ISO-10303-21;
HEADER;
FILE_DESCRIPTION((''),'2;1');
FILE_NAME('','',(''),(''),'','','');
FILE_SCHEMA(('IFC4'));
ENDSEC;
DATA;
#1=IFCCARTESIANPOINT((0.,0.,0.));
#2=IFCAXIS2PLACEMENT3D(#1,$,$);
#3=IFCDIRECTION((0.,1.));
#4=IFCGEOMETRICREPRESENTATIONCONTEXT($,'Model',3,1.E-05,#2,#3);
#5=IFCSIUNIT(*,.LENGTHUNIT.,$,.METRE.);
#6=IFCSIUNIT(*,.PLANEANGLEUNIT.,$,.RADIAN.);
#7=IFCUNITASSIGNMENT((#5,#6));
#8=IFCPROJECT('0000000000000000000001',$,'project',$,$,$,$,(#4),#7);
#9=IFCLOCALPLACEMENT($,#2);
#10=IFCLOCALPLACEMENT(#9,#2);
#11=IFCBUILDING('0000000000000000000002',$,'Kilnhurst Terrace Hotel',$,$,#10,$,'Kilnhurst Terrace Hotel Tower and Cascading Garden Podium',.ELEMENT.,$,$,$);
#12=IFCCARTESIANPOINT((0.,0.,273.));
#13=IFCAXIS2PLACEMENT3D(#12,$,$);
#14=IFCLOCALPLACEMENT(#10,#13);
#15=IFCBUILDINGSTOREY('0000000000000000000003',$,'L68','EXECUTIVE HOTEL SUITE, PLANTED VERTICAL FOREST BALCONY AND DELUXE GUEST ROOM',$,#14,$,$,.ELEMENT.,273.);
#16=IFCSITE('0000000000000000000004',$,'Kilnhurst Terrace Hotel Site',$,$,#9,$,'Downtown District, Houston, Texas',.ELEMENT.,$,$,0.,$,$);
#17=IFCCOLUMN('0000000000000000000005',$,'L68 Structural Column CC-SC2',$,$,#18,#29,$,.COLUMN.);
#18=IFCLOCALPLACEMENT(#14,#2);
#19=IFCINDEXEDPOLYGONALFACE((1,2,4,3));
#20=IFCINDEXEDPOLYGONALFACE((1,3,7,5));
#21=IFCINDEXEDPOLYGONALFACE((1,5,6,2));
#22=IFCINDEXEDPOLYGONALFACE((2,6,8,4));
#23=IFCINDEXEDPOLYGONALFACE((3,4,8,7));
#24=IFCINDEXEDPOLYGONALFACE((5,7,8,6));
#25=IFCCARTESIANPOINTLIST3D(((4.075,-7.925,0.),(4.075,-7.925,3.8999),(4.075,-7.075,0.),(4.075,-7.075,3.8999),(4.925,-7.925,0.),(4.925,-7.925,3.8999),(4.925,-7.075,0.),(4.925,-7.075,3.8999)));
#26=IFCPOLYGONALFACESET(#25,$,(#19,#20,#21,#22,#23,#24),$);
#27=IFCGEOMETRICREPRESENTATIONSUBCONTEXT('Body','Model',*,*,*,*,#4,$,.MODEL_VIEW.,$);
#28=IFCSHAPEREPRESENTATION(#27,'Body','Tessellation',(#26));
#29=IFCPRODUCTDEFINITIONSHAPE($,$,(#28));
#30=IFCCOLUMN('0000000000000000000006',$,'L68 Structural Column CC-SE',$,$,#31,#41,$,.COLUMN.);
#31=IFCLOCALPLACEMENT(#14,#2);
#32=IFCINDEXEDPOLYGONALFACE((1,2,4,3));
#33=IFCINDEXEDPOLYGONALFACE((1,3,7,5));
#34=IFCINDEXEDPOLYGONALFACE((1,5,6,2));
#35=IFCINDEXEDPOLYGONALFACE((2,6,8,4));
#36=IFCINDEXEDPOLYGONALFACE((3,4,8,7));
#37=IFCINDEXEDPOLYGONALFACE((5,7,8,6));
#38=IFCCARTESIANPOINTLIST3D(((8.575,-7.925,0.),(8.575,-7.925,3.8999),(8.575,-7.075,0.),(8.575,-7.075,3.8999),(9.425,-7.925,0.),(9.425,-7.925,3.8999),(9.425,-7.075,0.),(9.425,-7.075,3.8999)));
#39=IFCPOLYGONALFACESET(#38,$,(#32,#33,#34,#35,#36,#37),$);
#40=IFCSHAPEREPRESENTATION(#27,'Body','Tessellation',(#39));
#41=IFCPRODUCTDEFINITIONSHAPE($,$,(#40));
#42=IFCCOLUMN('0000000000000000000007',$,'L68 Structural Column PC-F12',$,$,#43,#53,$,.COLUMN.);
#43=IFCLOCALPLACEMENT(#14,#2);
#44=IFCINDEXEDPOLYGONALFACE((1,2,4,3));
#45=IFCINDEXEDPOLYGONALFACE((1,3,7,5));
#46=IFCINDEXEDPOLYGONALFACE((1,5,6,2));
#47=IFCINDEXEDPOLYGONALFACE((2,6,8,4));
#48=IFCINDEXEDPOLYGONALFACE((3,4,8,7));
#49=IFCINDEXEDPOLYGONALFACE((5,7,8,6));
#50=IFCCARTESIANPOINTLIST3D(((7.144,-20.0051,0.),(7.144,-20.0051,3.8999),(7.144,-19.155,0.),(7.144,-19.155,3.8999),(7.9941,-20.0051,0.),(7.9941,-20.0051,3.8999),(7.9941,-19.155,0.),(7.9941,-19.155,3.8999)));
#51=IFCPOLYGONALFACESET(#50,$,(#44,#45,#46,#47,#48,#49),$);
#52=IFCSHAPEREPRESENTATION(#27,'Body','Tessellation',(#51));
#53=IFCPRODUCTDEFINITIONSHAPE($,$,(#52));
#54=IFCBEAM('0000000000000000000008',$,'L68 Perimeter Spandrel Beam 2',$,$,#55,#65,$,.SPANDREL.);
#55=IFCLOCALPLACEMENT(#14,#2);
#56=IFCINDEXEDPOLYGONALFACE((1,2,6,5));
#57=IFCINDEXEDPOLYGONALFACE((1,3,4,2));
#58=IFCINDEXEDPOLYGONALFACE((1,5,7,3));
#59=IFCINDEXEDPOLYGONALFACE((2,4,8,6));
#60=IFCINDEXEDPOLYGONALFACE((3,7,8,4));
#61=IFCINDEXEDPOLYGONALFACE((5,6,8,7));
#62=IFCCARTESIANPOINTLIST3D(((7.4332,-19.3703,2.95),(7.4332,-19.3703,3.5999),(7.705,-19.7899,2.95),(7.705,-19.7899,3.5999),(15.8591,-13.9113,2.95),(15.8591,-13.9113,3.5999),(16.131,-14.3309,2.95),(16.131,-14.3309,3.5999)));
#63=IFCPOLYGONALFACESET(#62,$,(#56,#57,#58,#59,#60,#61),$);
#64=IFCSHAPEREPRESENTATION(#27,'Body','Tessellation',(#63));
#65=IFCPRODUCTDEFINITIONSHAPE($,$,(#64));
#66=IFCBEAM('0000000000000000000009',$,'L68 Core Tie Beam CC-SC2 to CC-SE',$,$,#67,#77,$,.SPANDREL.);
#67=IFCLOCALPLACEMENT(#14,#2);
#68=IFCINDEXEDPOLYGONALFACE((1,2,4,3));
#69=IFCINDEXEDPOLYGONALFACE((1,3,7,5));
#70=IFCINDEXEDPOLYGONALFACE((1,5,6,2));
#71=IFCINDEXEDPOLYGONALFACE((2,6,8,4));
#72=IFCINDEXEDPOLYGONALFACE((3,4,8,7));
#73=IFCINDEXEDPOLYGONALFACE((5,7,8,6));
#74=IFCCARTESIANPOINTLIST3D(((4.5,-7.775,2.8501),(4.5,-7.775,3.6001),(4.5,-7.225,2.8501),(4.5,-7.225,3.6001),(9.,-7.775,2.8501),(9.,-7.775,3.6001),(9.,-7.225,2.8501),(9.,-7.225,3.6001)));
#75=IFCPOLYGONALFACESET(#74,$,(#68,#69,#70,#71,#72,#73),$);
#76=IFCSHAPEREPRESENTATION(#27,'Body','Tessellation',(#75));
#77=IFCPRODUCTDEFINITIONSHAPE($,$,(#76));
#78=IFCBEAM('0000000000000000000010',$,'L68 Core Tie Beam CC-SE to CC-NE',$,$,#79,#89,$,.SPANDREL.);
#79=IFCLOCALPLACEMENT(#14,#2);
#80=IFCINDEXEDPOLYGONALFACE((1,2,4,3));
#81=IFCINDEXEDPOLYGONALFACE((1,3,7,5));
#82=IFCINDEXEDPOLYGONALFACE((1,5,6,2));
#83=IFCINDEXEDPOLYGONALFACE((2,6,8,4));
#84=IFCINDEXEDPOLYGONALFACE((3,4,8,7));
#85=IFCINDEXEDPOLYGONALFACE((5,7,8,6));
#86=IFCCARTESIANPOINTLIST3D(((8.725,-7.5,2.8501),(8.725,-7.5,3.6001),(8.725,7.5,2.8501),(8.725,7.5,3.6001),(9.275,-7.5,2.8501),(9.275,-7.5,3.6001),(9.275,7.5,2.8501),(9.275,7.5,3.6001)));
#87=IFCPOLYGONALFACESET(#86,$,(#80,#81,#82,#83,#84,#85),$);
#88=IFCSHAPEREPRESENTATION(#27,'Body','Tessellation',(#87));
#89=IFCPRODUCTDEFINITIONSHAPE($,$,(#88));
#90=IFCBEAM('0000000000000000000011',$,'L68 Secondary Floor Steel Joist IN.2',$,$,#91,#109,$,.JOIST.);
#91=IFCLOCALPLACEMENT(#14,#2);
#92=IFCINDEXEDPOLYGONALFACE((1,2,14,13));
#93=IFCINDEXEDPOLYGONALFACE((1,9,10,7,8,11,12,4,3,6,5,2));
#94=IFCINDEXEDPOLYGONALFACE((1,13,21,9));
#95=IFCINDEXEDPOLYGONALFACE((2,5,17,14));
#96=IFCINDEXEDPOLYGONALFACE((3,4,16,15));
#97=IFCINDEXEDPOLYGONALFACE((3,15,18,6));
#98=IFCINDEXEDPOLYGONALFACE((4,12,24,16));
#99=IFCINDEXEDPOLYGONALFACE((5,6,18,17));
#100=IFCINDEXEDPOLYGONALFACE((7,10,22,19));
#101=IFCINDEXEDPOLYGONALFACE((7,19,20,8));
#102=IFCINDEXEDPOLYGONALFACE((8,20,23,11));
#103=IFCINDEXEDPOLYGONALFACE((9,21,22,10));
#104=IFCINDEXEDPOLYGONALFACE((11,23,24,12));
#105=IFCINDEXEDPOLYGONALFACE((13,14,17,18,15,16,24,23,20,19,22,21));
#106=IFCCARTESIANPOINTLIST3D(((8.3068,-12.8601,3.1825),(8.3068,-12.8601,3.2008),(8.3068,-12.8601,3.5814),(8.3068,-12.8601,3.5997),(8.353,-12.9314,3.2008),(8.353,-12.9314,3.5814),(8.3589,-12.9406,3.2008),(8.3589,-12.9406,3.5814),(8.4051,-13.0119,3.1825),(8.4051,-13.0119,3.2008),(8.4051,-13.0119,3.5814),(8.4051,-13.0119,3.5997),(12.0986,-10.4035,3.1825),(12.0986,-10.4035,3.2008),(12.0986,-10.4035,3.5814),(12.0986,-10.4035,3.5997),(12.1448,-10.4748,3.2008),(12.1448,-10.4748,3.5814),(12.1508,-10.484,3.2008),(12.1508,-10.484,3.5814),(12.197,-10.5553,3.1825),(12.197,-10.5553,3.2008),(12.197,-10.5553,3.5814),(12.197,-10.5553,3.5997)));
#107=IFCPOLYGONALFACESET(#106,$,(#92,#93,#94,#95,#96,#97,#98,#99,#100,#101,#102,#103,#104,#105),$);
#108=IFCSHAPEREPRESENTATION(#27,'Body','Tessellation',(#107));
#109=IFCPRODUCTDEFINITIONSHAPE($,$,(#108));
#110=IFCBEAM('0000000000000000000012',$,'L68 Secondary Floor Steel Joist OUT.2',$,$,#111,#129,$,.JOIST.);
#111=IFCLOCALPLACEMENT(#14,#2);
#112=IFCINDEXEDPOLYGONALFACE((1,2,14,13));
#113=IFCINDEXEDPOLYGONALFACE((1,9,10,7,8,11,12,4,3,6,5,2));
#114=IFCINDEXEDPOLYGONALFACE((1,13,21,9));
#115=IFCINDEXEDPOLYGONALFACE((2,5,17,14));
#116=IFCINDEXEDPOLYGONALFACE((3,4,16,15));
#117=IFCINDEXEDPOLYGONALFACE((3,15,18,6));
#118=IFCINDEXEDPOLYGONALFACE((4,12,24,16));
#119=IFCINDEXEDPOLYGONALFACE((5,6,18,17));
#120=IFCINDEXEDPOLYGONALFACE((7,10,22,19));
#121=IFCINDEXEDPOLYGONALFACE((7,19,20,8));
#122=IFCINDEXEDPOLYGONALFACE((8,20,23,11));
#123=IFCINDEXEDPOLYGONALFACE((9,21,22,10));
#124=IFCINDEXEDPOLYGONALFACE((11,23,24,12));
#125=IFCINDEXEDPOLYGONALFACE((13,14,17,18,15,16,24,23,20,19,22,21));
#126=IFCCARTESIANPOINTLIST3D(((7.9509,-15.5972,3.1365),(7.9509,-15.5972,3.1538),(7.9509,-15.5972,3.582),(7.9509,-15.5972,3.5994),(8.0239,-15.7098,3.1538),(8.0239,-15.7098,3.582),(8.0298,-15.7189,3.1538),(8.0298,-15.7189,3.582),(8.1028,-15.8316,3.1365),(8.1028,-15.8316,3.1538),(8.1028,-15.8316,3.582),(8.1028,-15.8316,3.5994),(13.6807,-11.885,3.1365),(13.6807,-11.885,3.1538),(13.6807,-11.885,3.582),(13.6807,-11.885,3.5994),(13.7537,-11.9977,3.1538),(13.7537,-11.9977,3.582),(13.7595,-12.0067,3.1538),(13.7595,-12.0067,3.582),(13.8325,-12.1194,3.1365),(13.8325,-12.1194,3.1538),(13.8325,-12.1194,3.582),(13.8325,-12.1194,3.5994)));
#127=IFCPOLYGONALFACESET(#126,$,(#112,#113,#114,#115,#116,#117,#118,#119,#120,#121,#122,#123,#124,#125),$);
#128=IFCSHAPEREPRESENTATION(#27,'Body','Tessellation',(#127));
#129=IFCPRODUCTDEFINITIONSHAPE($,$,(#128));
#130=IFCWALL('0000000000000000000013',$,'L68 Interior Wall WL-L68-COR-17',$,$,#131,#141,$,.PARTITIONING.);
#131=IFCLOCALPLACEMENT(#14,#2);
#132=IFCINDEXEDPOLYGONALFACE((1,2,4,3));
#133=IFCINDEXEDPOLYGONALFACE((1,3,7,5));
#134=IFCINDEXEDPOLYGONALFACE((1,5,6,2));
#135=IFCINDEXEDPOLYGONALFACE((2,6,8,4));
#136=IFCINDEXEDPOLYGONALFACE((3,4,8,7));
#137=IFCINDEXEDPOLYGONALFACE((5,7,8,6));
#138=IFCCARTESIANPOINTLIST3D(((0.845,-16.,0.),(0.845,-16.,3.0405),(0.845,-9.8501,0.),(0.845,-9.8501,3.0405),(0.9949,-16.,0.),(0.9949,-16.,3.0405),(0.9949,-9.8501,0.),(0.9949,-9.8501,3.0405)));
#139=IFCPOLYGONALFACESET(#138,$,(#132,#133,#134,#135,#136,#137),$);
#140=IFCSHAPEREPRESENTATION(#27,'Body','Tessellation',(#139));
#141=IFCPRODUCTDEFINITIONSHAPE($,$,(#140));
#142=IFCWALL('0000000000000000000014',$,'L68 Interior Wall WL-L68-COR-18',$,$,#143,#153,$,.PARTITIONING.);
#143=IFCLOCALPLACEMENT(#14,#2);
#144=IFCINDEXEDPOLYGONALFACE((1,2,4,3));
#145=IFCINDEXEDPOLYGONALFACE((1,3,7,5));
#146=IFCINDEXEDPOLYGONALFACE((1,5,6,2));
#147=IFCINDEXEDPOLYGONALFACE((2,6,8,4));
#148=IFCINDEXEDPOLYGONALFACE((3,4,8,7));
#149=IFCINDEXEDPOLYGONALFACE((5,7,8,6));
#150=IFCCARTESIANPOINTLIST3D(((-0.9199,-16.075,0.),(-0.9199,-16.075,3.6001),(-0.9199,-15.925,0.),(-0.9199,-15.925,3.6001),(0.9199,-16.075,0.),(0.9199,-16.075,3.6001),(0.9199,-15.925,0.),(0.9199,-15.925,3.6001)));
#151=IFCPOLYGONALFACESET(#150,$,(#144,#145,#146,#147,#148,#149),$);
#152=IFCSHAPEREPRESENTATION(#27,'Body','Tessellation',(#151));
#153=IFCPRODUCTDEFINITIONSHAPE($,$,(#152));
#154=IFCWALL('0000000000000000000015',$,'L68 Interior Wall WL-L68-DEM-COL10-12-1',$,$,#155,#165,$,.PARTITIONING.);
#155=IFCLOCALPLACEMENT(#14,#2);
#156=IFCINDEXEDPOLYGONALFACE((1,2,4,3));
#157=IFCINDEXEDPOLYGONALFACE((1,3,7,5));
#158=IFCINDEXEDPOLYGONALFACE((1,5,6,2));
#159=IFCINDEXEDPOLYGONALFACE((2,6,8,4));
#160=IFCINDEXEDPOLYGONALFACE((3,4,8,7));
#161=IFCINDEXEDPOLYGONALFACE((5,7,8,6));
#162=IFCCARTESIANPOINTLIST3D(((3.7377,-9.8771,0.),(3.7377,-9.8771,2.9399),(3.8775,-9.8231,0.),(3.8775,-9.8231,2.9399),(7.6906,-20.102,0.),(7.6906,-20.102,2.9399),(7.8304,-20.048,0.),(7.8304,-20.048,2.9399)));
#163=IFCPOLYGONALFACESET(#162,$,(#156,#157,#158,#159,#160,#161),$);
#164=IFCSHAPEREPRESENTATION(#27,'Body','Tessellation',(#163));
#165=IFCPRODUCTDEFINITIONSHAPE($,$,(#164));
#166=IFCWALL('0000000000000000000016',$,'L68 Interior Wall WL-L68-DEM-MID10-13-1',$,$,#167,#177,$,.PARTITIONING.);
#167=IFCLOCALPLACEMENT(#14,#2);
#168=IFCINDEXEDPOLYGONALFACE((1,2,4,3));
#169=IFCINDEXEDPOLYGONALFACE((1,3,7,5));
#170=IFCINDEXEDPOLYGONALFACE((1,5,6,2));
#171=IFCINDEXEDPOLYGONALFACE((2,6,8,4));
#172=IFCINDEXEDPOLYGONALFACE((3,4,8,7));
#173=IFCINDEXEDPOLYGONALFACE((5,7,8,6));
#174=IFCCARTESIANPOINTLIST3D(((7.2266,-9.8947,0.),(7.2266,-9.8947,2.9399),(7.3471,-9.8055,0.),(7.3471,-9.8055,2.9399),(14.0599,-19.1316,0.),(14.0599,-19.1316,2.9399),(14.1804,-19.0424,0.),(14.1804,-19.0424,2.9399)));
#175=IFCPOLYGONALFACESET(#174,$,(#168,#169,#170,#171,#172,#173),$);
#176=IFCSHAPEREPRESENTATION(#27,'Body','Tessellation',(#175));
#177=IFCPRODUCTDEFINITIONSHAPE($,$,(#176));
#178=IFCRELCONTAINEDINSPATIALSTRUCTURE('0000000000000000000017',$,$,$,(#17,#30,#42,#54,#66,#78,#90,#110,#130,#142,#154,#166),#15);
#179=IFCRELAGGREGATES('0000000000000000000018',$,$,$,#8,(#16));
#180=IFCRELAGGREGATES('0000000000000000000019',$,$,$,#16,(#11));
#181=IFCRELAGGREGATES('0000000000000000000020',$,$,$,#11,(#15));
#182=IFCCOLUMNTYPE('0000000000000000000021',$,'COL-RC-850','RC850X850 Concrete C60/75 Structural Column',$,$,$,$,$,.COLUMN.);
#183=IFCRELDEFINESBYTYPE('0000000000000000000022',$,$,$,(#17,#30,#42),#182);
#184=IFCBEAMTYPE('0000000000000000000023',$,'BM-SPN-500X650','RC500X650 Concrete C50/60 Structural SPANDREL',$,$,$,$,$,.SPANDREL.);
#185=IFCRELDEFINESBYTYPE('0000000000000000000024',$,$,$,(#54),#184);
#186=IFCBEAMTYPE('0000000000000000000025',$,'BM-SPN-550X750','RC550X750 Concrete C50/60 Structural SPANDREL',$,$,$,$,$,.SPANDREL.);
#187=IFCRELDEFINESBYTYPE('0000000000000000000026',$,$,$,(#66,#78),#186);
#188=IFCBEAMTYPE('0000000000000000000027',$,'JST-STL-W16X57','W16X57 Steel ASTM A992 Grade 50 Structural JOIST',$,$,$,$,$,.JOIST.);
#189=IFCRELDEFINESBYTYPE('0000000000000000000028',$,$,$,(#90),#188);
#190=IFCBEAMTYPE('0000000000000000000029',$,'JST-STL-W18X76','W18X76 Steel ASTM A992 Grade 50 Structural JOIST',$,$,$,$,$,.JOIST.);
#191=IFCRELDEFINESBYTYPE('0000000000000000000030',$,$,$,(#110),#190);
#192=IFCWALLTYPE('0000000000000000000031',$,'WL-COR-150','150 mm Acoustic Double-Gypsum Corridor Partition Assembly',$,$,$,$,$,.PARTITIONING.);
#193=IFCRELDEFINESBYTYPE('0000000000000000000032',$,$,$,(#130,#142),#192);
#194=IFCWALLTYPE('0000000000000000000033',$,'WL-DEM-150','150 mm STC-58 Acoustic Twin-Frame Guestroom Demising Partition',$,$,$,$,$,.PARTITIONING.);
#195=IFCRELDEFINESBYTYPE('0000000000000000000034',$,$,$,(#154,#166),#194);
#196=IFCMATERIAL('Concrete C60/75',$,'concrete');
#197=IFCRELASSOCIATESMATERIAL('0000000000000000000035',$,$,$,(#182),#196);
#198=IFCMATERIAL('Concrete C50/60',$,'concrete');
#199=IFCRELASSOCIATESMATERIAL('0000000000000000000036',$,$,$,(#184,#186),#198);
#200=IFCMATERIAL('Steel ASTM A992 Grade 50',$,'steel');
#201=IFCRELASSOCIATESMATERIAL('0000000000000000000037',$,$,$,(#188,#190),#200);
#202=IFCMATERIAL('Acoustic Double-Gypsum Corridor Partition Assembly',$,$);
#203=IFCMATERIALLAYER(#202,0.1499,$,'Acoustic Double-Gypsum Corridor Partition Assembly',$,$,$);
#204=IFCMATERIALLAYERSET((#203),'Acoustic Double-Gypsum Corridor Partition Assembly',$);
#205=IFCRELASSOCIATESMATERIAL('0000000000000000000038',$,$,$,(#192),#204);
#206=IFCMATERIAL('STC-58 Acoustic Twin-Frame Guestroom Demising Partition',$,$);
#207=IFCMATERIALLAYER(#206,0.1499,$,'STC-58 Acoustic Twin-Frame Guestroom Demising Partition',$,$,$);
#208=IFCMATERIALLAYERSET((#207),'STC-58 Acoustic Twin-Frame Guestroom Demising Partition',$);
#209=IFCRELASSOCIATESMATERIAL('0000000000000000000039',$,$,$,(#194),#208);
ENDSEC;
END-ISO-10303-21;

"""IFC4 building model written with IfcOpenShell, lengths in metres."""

from ifc_helpers import new_model, si_unit, direction, frame, frame_2d, origin, origin_2d, place, context, subcontext, project, spatial, rectangle, i_section, extrude, material, layer, layer_set, material_profile, profile_set, type_object, element, save


model = new_model("IFC4")

# Units and contexts
model_context = context("Model", 3, precision=1e-05, world=origin(), true_north=direction((0.0, 1.0)))
body_context = subcontext(model_context, "Body", "Model", "MODEL_VIEW")
ifc_project = project(units=[si_unit("LENGTHUNIT", "METRE"), si_unit("PLANEANGLEUNIT", "RADIAN")], contexts=[model_context])

# Site, building, storey
site_placement = place(None, origin())
site = spatial("IfcSite", under=ifc_project, at=site_placement, Name="Kilnhurst Terrace Hotel Site", LongName="Downtown District, Houston, Texas", CompositionType="ELEMENT", RefElevation=0.0)
building_placement = place(site_placement, origin())
building = spatial("IfcBuilding", under=site, at=building_placement, Name="Kilnhurst Terrace Hotel", LongName="Kilnhurst Terrace Hotel Tower and Cascading Garden Podium", CompositionType="ELEMENT")
storey_placement = place(building_placement, frame((0.0, 0.0, 273.0)))
storey = spatial("IfcBuildingStorey", under=building, at=storey_placement, Name="L68", Description="EXECUTIVE HOTEL SUITE, PLANTED VERTICAL FOREST BALCONY AND DELUXE GUEST ROOM", CompositionType="ELEMENT", Elevation=273.0)

# Columns
ifc_material_1 = material(Name="Concrete C60/75", Category="concrete")
ifc_material_profile_1 = material_profile(ifc_material_1, rectangle(XDim=0.8501, YDim=0.8501, at=origin_2d()), Name="RC850X850")
ifc_profile_set_1 = profile_set([ifc_material_profile_1], Name="Concrete C60/75")
column_type = type_object("IfcColumnType", Name="COL-RC-850", Description="RC850X850 Concrete C60/75 Structural Column", PredefinedType="COLUMN", material=ifc_profile_set_1)
for number, where, z_axis, x_axis, name in (
    (1, (4.5, -7.5, 0.0), (0.0, 0.0, 1.0), (1.0, 0.0, 0.0), "L68 Structural Column CC-SC2"),
    (2, (9.0, -7.5, 0.0), (0.0, 0.0, 1.0), (1.0, 0.0, 0.0), "L68 Structural Column CC-SE"),
    (3, (7.5691, -19.5801, 0.0), (0.0, 0.0, 1.0), (1.0, 0.0, 0.0), "L68 Structural Column PC-F12"),
):
    element("IfcColumn", number, at=place(storey_placement, frame(where, z_axis=z_axis, x_axis=x_axis)), inside=storey, type_object=column_type, Name=name, PredefinedType="COLUMN", context=body_context, shape_type="SweptSolid", body=[
        extrude(rectangle(XDim=0.8501, YDim=0.8501, at=origin_2d()), origin(), (0.0, 0.0, 1.0), 3.8999),
    ])

# Beams
ifc_material_2 = material(Name="Concrete C50/60", Category="concrete")
ifc_material_profile_2 = material_profile(ifc_material_2, rectangle(XDim=0.5, YDim=0.6499, at=origin_2d()), Name="RC500X650")
ifc_profile_set_2 = profile_set([ifc_material_profile_2], Name="Concrete C50/60")
beam_type_1 = type_object("IfcBeamType", Name="BM-SPN-500X650", Description="RC500X650 Concrete C50/60 Structural SPANDREL", PredefinedType="SPANDREL", material=ifc_profile_set_2)
beam_1_placement = place(storey_placement, frame((7.5691, -19.5801, 3.2749), z_axis=(0.839259, 0.543732, 0.0), x_axis=(-0.543732, 0.839259, 0.0)))
element("IfcBeam", 4, at=beam_1_placement, inside=storey, type_object=beam_type_1, Name="L68 Perimeter Spandrel Beam 2", PredefinedType="SPANDREL", context=body_context, shape_type="SweptSolid", body=[
    extrude(rectangle(XDim=0.5, YDim=0.6499, at=origin_2d()), origin(), (0.0, 0.0, 1.0), 10.0398),
])
ifc_material_profile_3 = material_profile(ifc_material_2, rectangle(XDim=0.55, YDim=0.75, at=origin_2d()), Name="RC550X750")
ifc_profile_set_3 = profile_set([ifc_material_profile_3], Name="Concrete C50/60")
beam_type_2 = type_object("IfcBeamType", Name="BM-SPN-550X750", Description="RC550X750 Concrete C50/60 Structural SPANDREL", PredefinedType="SPANDREL", material=ifc_profile_set_3)
beam_2_placement = place(storey_placement, frame((4.5, -7.5, 3.2251), z_axis=(1.0, 0.0, 0.0), x_axis=(0.0, 1.0, 0.0)))
element("IfcBeam", 5, at=beam_2_placement, inside=storey, type_object=beam_type_2, Name="L68 Core Tie Beam CC-SC2 to CC-SE", PredefinedType="SPANDREL", context=body_context, shape_type="SweptSolid", body=[
    extrude(rectangle(XDim=0.55, YDim=0.75, at=origin_2d()), origin(), (0.0, 0.0, 1.0), 4.5),
])
beam_3_placement = place(storey_placement, frame((9.0, -7.5, 3.2251), z_axis=(0.0, 1.0, 0.0), x_axis=(-1.0, 0.0, 0.0)))
element("IfcBeam", 6, at=beam_3_placement, inside=storey, type_object=beam_type_2, Name="L68 Core Tie Beam CC-SE to CC-NE", PredefinedType="SPANDREL", context=body_context, shape_type="SweptSolid", body=[
    extrude(rectangle(XDim=0.55, YDim=0.75, at=origin_2d()), origin(), (0.0, 0.0, 1.0), 15.0),
])
ifc_material_3 = material(Name="Steel ASTM A992 Grade 50", Category="steel")
ifc_material_profile_4 = material_profile(ifc_material_3, i_section(OverallWidth=0.1809, OverallDepth=0.4172, WebThickness=0.011, FlangeThickness=0.0183, at=origin_2d()), Name="W16X57")
ifc_profile_set_4 = profile_set([ifc_material_profile_4], Name="Steel ASTM A992 Grade 50")
beam_type_3 = type_object("IfcBeamType", Name="JST-STL-W16X57", Description="W16X57 Steel ASTM A992 Grade 50 Structural JOIST", PredefinedType="JOIST", material=ifc_profile_set_4)
beam_4_placement = place(storey_placement, frame((8.356, -12.936, 3.3911), z_axis=(0.839261, 0.543728, 0.0), x_axis=(-0.543728, 0.839261, 0.0)))
element("IfcBeam", 7, at=beam_4_placement, inside=storey, type_object=beam_type_3, Name="L68 Secondary Floor Steel Joist IN.2", PredefinedType="JOIST", context=body_context, shape_type="SweptSolid", body=[
    extrude(i_section(OverallWidth=0.1809, OverallDepth=0.4172, WebThickness=0.011, FlangeThickness=0.0183, at=origin_2d()), origin(), (0.0, 0.0, 1.0), 4.5181),
])
ifc_material_profile_5 = material_profile(ifc_material_3, i_section(OverallWidth=0.2793, OverallDepth=0.4629, WebThickness=0.0107, FlangeThickness=0.0173, at=origin_2d()), Name="W18X76")
ifc_profile_set_5 = profile_set([ifc_material_profile_5], Name="Steel ASTM A992 Grade 50")
beam_type_4 = type_object("IfcBeamType", Name="JST-STL-W18X76", Description="W18X76 Steel ASTM A992 Grade 50 Structural JOIST", PredefinedType="JOIST", material=ifc_profile_set_5)
beam_5_placement = place(storey_placement, frame((8.0269, -15.7144, 3.3679), z_axis=(0.839257, 0.543735, 0.0), x_axis=(-0.543735, 0.839257, 0.0)))
element("IfcBeam", 8, at=beam_5_placement, inside=storey, type_object=beam_type_4, Name="L68 Secondary Floor Steel Joist OUT.2", PredefinedType="JOIST", context=body_context, shape_type="SweptSolid", body=[
    extrude(i_section(OverallWidth=0.2793, OverallDepth=0.4629, WebThickness=0.0107, FlangeThickness=0.0173, at=origin_2d()), origin(), (0.0, 0.0, 1.0), 6.8271),
])

# Walls
ifc_material_4 = material(Name="Acoustic Double-Gypsum Corridor Partition Assembly")
ifc_layer_1 = layer(ifc_material_4, 0.1499, Name="Acoustic Double-Gypsum Corridor Partition Assembly")
ifc_layer_set_1 = layer_set([ifc_layer_1], Name="Acoustic Double-Gypsum Corridor Partition Assembly")
wall_type_1 = type_object("IfcWallType", Name="WL-COR-150", Description="150 mm Acoustic Double-Gypsum Corridor Partition Assembly", PredefinedType="PARTITIONING", material=ifc_layer_set_1)
wall_1_placement = place(storey_placement, frame((0.9199, -9.8501, 0.0), z_axis=(0.0, 0.0, 1.0), x_axis=(0.0, -1.0, 0.0)))
element("IfcWall", 9, at=wall_1_placement, inside=storey, type_object=wall_type_1, Name="L68 Interior Wall WL-L68-COR-17", PredefinedType="PARTITIONING", context=body_context, shape_type="SweptSolid", body=[
    extrude(rectangle(XDim=6.1499, YDim=0.1499, at=frame_2d((3.075, 0.0))), origin(), (0.0, 0.0, 1.0), 3.0405),
])
wall_2_placement = place(storey_placement, frame((0.9199, -16.0, 0.0), z_axis=(0.0, 0.0, 1.0), x_axis=(-1.0, 0.0, 0.0)))
element("IfcWall", 10, at=wall_2_placement, inside=storey, type_object=wall_type_1, Name="L68 Interior Wall WL-L68-COR-18", PredefinedType="PARTITIONING", context=body_context, shape_type="SweptSolid", body=[
    extrude(rectangle(XDim=1.8398, YDim=0.1499, at=frame_2d((0.9199, 0.0))), origin(), (0.0, 0.0, 1.0), 3.6001),
])
ifc_material_5 = material(Name="STC-58 Acoustic Twin-Frame Guestroom Demising Partition")
ifc_layer_2 = layer(ifc_material_5, 0.1499, Name="STC-58 Acoustic Twin-Frame Guestroom Demising Partition")
ifc_layer_set_2 = layer_set([ifc_layer_2], Name="STC-58 Acoustic Twin-Frame Guestroom Demising Partition")
wall_type_2 = type_object("IfcWallType", Name="WL-DEM-150", Description="150 mm STC-58 Acoustic Twin-Frame Guestroom Demising Partition", PredefinedType="PARTITIONING", material=ifc_layer_set_2)
wall_3_placement = place(storey_placement, frame((3.8076, -9.8501, 0.0), z_axis=(0.0, 0.0, 1.0), x_axis=(0.360587, -0.932725, 0.0)))
element("IfcWall", 11, at=wall_3_placement, inside=storey, type_object=wall_type_2, Name="L68 Interior Wall WL-L68-DEM-COL10-12-1", PredefinedType="PARTITIONING", context=body_context, shape_type="SweptSolid", body=[
    extrude(rectangle(XDim=10.9624, YDim=0.1499, at=frame_2d((5.4812, 0.0))), origin(), (0.0, 0.0, 1.0), 2.9399),
])
wall_4_placement = place(storey_placement, frame((7.2869, -9.8501, 0.0), z_axis=(0.0, 0.0, 1.0), x_axis=(0.594731, -0.803925, 0.0)))
element("IfcWall", 12, at=wall_4_placement, inside=storey, type_object=wall_type_2, Name="L68 Interior Wall WL-L68-DEM-MID10-13-1", PredefinedType="PARTITIONING", context=body_context, shape_type="SweptSolid", body=[
    extrude(rectangle(XDim=11.4897, YDim=0.1499, at=frame_2d((5.7449, 0.0))), origin(), (0.0, 0.0, 1.0), 2.9399),
])

save(model, "model.ifc")
